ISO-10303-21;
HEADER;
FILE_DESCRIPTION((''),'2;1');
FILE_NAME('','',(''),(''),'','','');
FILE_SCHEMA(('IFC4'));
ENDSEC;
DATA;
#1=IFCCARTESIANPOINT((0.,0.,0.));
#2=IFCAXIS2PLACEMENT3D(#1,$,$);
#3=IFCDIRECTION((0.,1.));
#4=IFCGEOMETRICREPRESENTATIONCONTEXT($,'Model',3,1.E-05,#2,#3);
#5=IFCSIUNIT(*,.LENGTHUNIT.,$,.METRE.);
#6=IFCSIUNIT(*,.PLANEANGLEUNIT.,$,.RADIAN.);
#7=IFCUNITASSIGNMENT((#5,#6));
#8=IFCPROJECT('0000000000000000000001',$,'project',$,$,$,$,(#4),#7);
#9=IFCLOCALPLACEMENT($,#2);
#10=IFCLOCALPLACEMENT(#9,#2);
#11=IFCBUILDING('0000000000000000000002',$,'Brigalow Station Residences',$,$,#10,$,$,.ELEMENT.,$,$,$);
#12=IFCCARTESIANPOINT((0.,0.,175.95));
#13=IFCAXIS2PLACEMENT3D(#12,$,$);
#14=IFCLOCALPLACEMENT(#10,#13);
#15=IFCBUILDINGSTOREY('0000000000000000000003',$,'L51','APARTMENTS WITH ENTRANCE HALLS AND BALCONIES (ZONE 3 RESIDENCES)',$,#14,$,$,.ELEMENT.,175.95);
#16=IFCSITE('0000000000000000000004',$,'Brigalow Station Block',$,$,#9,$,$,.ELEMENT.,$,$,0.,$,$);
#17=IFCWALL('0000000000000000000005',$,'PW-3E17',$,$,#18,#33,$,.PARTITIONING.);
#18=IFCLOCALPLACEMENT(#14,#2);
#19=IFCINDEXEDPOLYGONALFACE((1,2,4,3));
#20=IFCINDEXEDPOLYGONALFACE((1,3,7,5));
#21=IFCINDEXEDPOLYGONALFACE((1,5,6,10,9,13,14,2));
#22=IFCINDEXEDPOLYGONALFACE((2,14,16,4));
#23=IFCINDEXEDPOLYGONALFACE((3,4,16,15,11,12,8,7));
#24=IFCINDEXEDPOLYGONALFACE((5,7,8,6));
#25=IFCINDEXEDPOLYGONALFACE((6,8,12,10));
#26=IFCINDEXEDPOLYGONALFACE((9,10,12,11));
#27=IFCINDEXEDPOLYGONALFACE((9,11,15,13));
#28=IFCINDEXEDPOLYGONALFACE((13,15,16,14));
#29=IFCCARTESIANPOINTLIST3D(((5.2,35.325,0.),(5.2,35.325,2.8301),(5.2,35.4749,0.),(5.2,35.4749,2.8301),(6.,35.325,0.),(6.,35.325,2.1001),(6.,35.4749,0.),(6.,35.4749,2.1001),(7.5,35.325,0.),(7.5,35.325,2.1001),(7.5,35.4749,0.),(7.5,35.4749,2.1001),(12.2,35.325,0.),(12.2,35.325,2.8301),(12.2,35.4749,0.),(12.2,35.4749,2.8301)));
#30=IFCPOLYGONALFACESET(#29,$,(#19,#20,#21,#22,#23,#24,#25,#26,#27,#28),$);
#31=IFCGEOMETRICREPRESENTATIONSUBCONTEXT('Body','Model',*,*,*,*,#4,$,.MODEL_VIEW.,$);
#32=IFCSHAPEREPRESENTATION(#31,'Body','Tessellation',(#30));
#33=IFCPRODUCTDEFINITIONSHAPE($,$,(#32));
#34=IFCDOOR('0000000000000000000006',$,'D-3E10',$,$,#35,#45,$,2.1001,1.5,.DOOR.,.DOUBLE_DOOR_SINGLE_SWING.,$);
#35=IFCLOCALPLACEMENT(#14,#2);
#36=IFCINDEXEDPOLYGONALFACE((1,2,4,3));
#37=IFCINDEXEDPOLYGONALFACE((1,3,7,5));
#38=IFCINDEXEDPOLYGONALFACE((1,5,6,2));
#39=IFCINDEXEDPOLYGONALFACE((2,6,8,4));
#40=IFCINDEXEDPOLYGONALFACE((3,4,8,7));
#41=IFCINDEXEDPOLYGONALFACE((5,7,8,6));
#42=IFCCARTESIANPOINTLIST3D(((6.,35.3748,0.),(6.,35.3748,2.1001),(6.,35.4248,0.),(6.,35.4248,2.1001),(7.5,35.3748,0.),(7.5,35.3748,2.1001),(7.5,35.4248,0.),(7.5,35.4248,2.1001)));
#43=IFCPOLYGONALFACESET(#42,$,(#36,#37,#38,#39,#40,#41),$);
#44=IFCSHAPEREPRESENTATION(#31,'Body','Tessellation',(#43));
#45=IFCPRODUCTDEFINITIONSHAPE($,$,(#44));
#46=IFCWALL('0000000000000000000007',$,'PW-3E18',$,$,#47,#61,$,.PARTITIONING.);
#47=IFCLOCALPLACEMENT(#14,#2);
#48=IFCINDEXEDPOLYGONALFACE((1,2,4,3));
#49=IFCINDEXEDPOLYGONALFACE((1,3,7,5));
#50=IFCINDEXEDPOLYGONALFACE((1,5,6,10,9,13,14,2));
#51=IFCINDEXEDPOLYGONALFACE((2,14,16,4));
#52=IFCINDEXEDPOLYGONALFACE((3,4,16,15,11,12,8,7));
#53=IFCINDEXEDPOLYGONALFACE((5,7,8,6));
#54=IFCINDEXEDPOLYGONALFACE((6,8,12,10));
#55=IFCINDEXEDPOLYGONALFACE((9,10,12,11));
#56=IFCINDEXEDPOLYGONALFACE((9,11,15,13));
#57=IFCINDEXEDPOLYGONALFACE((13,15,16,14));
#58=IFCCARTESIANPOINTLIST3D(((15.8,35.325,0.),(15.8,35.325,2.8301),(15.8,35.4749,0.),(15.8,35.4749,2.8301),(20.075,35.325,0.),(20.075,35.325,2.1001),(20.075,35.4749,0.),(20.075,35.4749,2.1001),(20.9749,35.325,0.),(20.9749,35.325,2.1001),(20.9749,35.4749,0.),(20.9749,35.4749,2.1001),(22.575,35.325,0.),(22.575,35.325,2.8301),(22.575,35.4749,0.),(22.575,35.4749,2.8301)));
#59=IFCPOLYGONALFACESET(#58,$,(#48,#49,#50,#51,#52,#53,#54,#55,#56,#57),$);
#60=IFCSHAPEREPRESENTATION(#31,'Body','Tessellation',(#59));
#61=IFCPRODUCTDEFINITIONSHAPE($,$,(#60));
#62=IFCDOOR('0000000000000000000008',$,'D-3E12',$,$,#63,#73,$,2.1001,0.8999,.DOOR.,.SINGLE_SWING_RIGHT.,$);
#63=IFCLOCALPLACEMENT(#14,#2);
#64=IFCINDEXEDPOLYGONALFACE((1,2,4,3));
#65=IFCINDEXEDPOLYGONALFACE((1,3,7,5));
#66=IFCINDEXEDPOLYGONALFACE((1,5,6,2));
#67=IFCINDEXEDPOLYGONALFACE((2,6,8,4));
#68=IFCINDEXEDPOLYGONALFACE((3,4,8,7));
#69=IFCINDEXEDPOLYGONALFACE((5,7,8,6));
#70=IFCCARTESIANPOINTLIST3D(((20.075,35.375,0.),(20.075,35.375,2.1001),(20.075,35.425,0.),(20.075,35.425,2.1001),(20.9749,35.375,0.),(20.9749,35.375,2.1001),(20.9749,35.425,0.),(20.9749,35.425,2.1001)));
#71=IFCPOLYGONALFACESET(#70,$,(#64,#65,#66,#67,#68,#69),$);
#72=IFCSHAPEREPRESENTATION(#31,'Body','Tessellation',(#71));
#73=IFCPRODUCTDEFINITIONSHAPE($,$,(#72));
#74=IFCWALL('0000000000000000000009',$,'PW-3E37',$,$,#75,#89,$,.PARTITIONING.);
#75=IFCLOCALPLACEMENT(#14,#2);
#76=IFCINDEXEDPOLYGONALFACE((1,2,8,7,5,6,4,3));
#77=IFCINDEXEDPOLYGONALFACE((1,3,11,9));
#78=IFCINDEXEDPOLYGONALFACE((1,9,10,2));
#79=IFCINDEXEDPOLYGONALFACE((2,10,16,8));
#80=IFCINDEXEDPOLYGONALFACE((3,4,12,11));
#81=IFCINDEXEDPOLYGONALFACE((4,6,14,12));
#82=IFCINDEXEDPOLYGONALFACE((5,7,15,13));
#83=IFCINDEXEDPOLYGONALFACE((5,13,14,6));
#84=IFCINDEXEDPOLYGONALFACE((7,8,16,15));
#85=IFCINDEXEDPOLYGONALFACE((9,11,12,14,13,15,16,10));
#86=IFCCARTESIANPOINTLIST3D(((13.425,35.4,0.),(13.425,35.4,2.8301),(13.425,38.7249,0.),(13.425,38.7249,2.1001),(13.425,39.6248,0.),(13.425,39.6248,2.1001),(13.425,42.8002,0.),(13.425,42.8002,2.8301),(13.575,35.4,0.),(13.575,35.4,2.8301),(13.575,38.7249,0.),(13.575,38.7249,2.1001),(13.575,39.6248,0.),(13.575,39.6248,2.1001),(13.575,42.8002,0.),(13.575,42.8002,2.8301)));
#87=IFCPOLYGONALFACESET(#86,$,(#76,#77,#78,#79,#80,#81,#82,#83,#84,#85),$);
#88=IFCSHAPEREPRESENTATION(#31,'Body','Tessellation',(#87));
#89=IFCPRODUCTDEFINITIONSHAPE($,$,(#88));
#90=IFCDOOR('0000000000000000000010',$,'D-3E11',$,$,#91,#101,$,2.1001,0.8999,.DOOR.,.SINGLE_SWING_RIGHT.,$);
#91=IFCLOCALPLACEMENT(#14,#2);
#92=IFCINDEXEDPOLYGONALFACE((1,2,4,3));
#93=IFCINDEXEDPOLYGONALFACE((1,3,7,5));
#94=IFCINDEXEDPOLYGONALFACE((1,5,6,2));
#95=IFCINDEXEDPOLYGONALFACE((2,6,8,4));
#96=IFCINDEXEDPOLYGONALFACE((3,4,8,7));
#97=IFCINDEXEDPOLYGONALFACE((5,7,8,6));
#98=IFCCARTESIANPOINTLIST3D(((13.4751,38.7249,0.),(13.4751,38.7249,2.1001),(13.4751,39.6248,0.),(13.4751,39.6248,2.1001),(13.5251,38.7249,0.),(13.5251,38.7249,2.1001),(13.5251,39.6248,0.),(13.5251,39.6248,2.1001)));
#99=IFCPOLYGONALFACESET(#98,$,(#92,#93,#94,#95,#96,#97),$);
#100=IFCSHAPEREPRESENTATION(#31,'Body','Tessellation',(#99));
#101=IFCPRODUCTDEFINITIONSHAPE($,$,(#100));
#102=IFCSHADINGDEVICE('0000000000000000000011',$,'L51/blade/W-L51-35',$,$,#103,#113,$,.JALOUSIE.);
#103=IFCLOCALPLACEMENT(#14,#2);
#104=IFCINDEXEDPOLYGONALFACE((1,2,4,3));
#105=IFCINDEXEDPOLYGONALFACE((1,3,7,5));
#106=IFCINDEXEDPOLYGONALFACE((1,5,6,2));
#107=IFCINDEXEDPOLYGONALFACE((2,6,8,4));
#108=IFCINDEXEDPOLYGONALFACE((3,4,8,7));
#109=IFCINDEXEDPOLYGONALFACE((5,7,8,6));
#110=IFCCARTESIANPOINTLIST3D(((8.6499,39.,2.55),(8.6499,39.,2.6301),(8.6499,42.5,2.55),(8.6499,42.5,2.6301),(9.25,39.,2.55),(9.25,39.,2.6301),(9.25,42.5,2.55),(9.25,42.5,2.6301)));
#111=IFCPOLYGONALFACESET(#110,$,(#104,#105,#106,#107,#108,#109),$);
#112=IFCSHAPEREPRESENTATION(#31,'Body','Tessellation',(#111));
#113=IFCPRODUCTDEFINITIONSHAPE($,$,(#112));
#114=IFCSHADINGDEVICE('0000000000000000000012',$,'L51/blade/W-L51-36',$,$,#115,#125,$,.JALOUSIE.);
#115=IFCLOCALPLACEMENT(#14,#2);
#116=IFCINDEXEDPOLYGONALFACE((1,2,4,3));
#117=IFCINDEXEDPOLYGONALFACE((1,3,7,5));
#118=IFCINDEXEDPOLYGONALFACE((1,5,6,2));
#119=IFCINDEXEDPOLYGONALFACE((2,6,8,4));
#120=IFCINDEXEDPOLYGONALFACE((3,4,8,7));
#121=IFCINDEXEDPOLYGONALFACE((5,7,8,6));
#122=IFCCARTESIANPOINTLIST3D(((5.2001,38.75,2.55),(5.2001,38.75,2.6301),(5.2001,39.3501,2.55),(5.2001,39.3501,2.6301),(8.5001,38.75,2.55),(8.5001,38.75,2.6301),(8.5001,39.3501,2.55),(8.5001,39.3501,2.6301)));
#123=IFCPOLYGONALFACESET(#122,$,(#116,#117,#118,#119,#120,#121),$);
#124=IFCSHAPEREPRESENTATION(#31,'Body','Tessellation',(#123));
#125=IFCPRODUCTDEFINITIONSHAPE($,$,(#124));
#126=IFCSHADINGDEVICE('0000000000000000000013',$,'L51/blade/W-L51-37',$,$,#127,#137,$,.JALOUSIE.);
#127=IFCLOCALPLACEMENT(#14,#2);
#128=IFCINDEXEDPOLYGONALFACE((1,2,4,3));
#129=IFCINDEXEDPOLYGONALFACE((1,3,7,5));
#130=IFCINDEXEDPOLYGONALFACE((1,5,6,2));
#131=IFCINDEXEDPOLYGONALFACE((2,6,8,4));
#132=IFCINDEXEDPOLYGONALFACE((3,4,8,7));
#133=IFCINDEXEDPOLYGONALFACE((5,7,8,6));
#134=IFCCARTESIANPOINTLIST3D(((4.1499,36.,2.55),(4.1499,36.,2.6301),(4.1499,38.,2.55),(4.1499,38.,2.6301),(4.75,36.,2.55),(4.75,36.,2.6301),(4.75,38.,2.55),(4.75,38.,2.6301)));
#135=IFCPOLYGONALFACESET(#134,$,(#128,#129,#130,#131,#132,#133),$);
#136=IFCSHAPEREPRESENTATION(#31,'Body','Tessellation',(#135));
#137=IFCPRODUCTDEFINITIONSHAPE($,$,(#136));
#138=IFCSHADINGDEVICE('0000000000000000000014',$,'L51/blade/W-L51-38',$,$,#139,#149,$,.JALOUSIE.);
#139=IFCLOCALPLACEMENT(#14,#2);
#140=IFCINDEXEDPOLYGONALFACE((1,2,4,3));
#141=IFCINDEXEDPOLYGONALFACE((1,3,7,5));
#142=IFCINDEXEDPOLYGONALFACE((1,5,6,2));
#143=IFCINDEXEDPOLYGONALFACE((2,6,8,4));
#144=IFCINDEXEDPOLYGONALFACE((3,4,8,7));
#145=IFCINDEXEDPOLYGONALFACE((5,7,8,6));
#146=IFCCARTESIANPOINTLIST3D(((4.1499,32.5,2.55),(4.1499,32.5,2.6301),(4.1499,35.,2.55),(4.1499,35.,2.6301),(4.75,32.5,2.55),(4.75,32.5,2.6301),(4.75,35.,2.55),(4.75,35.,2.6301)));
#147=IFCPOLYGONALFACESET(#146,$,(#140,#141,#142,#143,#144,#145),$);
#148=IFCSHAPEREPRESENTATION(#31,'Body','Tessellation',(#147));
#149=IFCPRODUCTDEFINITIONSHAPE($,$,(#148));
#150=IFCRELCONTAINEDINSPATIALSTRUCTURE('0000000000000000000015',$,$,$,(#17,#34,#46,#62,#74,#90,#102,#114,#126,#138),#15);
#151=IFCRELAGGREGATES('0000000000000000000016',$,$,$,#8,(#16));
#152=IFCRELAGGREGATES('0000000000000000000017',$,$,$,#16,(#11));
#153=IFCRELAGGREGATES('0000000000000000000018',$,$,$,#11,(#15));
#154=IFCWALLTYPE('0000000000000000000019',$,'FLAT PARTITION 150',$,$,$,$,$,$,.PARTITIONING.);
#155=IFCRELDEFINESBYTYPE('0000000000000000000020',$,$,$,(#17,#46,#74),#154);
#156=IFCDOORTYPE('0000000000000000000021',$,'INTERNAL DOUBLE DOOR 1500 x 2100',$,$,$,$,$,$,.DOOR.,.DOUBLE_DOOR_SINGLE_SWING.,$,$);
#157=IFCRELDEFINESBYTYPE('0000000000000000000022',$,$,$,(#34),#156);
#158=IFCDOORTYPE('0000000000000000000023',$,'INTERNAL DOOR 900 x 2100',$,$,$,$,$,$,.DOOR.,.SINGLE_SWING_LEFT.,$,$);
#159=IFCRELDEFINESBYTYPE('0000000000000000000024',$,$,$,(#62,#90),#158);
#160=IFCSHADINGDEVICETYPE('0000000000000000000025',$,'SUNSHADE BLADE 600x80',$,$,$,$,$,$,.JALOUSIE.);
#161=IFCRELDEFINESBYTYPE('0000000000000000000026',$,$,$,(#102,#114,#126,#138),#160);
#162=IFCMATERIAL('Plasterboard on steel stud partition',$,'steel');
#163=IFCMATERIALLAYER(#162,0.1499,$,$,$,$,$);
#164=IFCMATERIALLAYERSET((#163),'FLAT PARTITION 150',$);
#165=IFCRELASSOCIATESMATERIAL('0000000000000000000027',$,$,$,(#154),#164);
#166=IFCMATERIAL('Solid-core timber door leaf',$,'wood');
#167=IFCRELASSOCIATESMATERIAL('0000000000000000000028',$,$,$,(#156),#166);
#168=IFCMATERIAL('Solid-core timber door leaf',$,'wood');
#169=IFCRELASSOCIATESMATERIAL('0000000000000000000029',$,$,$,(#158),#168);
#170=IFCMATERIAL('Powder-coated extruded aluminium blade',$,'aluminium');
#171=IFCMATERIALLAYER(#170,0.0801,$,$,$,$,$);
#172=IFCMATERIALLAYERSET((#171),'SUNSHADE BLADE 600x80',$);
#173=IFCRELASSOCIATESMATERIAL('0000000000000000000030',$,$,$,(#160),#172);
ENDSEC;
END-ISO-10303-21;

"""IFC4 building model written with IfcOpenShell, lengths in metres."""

from ifc_helpers import new_model, si_unit, direction, frame, frame_2d, origin, origin_2d, place, context, subcontext, project, spatial, rectangle, extrude, material, layer, layer_set, type_object, element, fill, save


model = new_model("IFC4")

# Units and contexts
model_context = context("Model", 3, precision=1e-05, world=origin(), true_north=direction((0.0, 1.0)))
body_context = subcontext(model_context, "Body", "Model", "MODEL_VIEW")
ifc_project = project(units=[si_unit("LENGTHUNIT", "METRE"), si_unit("PLANEANGLEUNIT", "RADIAN")], contexts=[model_context])

# Site, building, storey
site_placement = place(None, origin())
site = spatial("IfcSite", under=ifc_project, at=site_placement, Name="Brigalow Station Block", CompositionType="ELEMENT", RefElevation=0.0)
building_placement = place(site_placement, origin())
building = spatial("IfcBuilding", under=site, at=building_placement, Name="Brigalow Station Residences", CompositionType="ELEMENT")
storey_placement = place(building_placement, frame((0.0, 0.0, 175.95)))
storey = spatial("IfcBuildingStorey", under=building, at=storey_placement, Name="L51", Description="APARTMENTS WITH ENTRANCE HALLS AND BALCONIES (ZONE 3 RESIDENCES)", CompositionType="ELEMENT", Elevation=175.95)

# Walls, openings, doors
ifc_material_1 = material(Name="Plasterboard on steel stud partition", Category="steel")
ifc_layer_1 = layer(ifc_material_1, 0.1499)
ifc_layer_set_1 = layer_set([ifc_layer_1], Name="FLAT PARTITION 150")
wall_type_1 = type_object("IfcWallType", Name="FLAT PARTITION 150", PredefinedType="PARTITIONING", material=ifc_layer_set_1)
wall_1_placement = place(storey_placement, frame((5.2, 35.3999, 0.0), z_axis=(0.0, 0.0, 1.0), x_axis=(1.0, 0.0, 0.0)))
wall_1 = element("IfcWall", 1, at=wall_1_placement, inside=storey, type_object=wall_type_1, Name="PW-3E17", PredefinedType="PARTITIONING", context=body_context, shape_type="SweptSolid", body=[
    extrude(rectangle(XDim=7.0, YDim=0.1499, at=frame_2d((3.5, 0.0))), origin(), (0.0, 0.0, 1.0), 2.8301),
])
opening_1_placement = place(wall_1_placement, frame((0.8, 0.0, 0.0)))
opening_1 = element("IfcOpeningElement", 2, at=opening_1_placement, cuts=wall_1, PredefinedType="OPENING", context=body_context, shape_type="SweptSolid", body=[
    extrude(rectangle(XDim=1.5, YDim=2.1001, at=frame_2d((0.75, 1.05))), frame((0.0, 0.085, 0.0), z_axis=(0.0, -1.0, 0.0), x_axis=(1.0, 0.0, 0.0)), (0.0, 0.0, 1.0), 0.1699),
])
ifc_material_2 = material(Name="Solid-core timber door leaf", Category="wood")
door_type_1 = type_object("IfcDoorType", Name="INTERNAL DOUBLE DOOR 1500 x 2100", OperationType="DOUBLE_DOOR_SINGLE_SWING", PredefinedType="DOOR", material=ifc_material_2)
door_1_placement = place(opening_1_placement, origin())
door_1 = element("IfcDoor", 3, at=door_1_placement, inside=storey, type_object=door_type_1, Name="D-3E10", OperationType="DOUBLE_DOOR_SINGLE_SWING", OverallHeight=2.1001, OverallWidth=1.5, PredefinedType="DOOR", context=body_context, shape_type="SweptSolid", body=[
    extrude(rectangle(XDim=1.5, YDim=2.1001, at=frame_2d((0.75, 1.05))), frame((0.0, 0.0249, 0.0), z_axis=(0.0, -1.0, 0.0), x_axis=(1.0, 0.0, 0.0)), (0.0, 0.0, 1.0), 0.05),
])
fill(opening_1, door_1)
wall_2_placement = place(storey_placement, frame((15.8, 35.3999, 0.0), z_axis=(0.0, 0.0, 1.0), x_axis=(1.0, 0.0, 0.0)))
wall_2 = element("IfcWall", 4, at=wall_2_placement, inside=storey, type_object=wall_type_1, Name="PW-3E18", PredefinedType="PARTITIONING", context=body_context, shape_type="SweptSolid", body=[
    extrude(rectangle(XDim=6.7749, YDim=0.1499, at=frame_2d((3.3875, 0.0))), origin(), (0.0, 0.0, 1.0), 2.8301),
])
opening_2_placement = place(wall_2_placement, frame((4.2749, 0.0, 0.0)))
opening_2 = element("IfcOpeningElement", 5, at=opening_2_placement, cuts=wall_2, PredefinedType="OPENING", context=body_context, shape_type="SweptSolid", body=[
    extrude(rectangle(XDim=0.8999, YDim=2.1001, at=frame_2d((0.45, 1.05))), frame((0.0, 0.085, 0.0), z_axis=(0.0, -1.0, 0.0), x_axis=(1.0, 0.0, 0.0)), (0.0, 0.0, 1.0), 0.1699),
])
ifc_material_3 = material(Name="Solid-core timber door leaf", Category="wood")
door_type_2 = type_object("IfcDoorType", Name="INTERNAL DOOR 900 x 2100", OperationType="SINGLE_SWING_LEFT", PredefinedType="DOOR", material=ifc_material_3)
door_2_placement = place(opening_2_placement, frame((0.8999, 0.0, 0.0), z_axis=(0.0, 0.0, 1.0), x_axis=(-1.0, 0.0, 0.0)))
door_2 = element("IfcDoor", 6, at=door_2_placement, inside=storey, type_object=door_type_2, Name="D-3E12", OperationType="SINGLE_SWING_RIGHT", OverallHeight=2.1001, OverallWidth=0.8999, PredefinedType="DOOR", context=body_context, shape_type="SweptSolid", body=[
    extrude(rectangle(XDim=0.8999, YDim=2.1001, at=frame_2d((0.45, 1.05))), frame((0.0, 0.0249, 0.0), z_axis=(0.0, -1.0, 0.0), x_axis=(1.0, 0.0, 0.0)), (0.0, 0.0, 1.0), 0.05),
])
fill(opening_2, door_2)
wall_3_placement = place(storey_placement, frame((13.5, 35.3999, 0.0), z_axis=(0.0, 0.0, 1.0), x_axis=(0.0, 1.0, 0.0)))
wall_3 = element("IfcWall", 7, at=wall_3_placement, inside=storey, type_object=wall_type_1, Name="PW-3E37", PredefinedType="PARTITIONING", context=body_context, shape_type="SweptSolid", body=[
    extrude(rectangle(XDim=7.4001, YDim=0.1499, at=frame_2d((3.7002, 0.0))), origin(), (0.0, 0.0, 1.0), 2.8301),
])
opening_3_placement = place(wall_3_placement, frame((3.325, 0.0, 0.0)))
opening_3 = element("IfcOpeningElement", 8, at=opening_3_placement, cuts=wall_3, PredefinedType="OPENING", context=body_context, shape_type="SweptSolid", body=[
    extrude(rectangle(XDim=0.8999, YDim=2.1001, at=frame_2d((0.45, 1.05))), frame((0.0, 0.085, 0.0), z_axis=(0.0, -1.0, 0.0), x_axis=(1.0, 0.0, 0.0)), (0.0, 0.0, 1.0), 0.1699),
])
door_3_placement = place(opening_3_placement, origin())
door_3 = element("IfcDoor", 9, at=door_3_placement, inside=storey, type_object=door_type_2, Name="D-3E11", OperationType="SINGLE_SWING_RIGHT", OverallHeight=2.1001, OverallWidth=0.8999, PredefinedType="DOOR", context=body_context, shape_type="SweptSolid", body=[
    extrude(rectangle(XDim=0.8999, YDim=2.1001, at=frame_2d((0.45, 1.05))), frame((0.0, 0.0249, 0.0), z_axis=(0.0, -1.0, 0.0), x_axis=(1.0, 0.0, 0.0)), (0.0, 0.0, 1.0), 0.05),
])
fill(opening_3, door_3)

# Shading devices
ifc_material_4 = material(Name="Powder-coated extruded aluminium blade", Category="aluminium")
ifc_layer_2 = layer(ifc_material_4, 0.0801)
ifc_layer_set_2 = layer_set([ifc_layer_2], Name="SUNSHADE BLADE 600x80")
shading_device_type = type_object("IfcShadingDeviceType", Name="SUNSHADE BLADE 600x80", PredefinedType="JALOUSIE", material=ifc_layer_set_2)
shading_device_1_placement = place(storey_placement, frame((8.95, 40.75, 2.55), z_axis=(0.0, 0.0, 1.0), x_axis=(0.0, -1.0, 0.0)))
element("IfcShadingDevice", 10, at=shading_device_1_placement, inside=storey, type_object=shading_device_type, Name="L51/blade/W-L51-35", PredefinedType="JALOUSIE", context=body_context, shape_type="SweptSolid", body=[
    extrude(rectangle(XDim=3.5, YDim=0.6001, at=origin_2d()), origin(), (0.0, 0.0, 1.0), 0.0801),
])
shading_device_2_placement = place(storey_placement, frame((6.8501, 39.05, 2.55), z_axis=(0.0, 0.0, 1.0), x_axis=(-1.0, 0.0, 0.0)))
element("IfcShadingDevice", 11, at=shading_device_2_placement, inside=storey, type_object=shading_device_type, Name="L51/blade/W-L51-36", PredefinedType="JALOUSIE", context=body_context, shape_type="SweptSolid", body=[
    extrude(rectangle(XDim=3.3, YDim=0.6001, at=origin_2d()), origin(), (0.0, 0.0, 1.0), 0.0801),
])
shading_device_3_placement = place(storey_placement, frame((4.45, 37.0, 2.55), z_axis=(0.0, 0.0, 1.0), x_axis=(0.0, -1.0, 0.0)))
element("IfcShadingDevice", 12, at=shading_device_3_placement, inside=storey, type_object=shading_device_type, Name="L51/blade/W-L51-37", PredefinedType="JALOUSIE", context=body_context, shape_type="SweptSolid", body=[
    extrude(rectangle(XDim=2.0, YDim=0.6001, at=origin_2d()), origin(), (0.0, 0.0, 1.0), 0.0801),
])
shading_device_4_placement = place(storey_placement, frame((4.45, 33.75, 2.55), z_axis=(0.0, 0.0, 1.0), x_axis=(0.0, -1.0, 0.0)))
element("IfcShadingDevice", 13, at=shading_device_4_placement, inside=storey, type_object=shading_device_type, Name="L51/blade/W-L51-38", PredefinedType="JALOUSIE", context=body_context, shape_type="SweptSolid", body=[
    extrude(rectangle(XDim=2.5, YDim=0.6001, at=origin_2d()), origin(), (0.0, 0.0, 1.0), 0.0801),
])

save(model, "model.ifc")
